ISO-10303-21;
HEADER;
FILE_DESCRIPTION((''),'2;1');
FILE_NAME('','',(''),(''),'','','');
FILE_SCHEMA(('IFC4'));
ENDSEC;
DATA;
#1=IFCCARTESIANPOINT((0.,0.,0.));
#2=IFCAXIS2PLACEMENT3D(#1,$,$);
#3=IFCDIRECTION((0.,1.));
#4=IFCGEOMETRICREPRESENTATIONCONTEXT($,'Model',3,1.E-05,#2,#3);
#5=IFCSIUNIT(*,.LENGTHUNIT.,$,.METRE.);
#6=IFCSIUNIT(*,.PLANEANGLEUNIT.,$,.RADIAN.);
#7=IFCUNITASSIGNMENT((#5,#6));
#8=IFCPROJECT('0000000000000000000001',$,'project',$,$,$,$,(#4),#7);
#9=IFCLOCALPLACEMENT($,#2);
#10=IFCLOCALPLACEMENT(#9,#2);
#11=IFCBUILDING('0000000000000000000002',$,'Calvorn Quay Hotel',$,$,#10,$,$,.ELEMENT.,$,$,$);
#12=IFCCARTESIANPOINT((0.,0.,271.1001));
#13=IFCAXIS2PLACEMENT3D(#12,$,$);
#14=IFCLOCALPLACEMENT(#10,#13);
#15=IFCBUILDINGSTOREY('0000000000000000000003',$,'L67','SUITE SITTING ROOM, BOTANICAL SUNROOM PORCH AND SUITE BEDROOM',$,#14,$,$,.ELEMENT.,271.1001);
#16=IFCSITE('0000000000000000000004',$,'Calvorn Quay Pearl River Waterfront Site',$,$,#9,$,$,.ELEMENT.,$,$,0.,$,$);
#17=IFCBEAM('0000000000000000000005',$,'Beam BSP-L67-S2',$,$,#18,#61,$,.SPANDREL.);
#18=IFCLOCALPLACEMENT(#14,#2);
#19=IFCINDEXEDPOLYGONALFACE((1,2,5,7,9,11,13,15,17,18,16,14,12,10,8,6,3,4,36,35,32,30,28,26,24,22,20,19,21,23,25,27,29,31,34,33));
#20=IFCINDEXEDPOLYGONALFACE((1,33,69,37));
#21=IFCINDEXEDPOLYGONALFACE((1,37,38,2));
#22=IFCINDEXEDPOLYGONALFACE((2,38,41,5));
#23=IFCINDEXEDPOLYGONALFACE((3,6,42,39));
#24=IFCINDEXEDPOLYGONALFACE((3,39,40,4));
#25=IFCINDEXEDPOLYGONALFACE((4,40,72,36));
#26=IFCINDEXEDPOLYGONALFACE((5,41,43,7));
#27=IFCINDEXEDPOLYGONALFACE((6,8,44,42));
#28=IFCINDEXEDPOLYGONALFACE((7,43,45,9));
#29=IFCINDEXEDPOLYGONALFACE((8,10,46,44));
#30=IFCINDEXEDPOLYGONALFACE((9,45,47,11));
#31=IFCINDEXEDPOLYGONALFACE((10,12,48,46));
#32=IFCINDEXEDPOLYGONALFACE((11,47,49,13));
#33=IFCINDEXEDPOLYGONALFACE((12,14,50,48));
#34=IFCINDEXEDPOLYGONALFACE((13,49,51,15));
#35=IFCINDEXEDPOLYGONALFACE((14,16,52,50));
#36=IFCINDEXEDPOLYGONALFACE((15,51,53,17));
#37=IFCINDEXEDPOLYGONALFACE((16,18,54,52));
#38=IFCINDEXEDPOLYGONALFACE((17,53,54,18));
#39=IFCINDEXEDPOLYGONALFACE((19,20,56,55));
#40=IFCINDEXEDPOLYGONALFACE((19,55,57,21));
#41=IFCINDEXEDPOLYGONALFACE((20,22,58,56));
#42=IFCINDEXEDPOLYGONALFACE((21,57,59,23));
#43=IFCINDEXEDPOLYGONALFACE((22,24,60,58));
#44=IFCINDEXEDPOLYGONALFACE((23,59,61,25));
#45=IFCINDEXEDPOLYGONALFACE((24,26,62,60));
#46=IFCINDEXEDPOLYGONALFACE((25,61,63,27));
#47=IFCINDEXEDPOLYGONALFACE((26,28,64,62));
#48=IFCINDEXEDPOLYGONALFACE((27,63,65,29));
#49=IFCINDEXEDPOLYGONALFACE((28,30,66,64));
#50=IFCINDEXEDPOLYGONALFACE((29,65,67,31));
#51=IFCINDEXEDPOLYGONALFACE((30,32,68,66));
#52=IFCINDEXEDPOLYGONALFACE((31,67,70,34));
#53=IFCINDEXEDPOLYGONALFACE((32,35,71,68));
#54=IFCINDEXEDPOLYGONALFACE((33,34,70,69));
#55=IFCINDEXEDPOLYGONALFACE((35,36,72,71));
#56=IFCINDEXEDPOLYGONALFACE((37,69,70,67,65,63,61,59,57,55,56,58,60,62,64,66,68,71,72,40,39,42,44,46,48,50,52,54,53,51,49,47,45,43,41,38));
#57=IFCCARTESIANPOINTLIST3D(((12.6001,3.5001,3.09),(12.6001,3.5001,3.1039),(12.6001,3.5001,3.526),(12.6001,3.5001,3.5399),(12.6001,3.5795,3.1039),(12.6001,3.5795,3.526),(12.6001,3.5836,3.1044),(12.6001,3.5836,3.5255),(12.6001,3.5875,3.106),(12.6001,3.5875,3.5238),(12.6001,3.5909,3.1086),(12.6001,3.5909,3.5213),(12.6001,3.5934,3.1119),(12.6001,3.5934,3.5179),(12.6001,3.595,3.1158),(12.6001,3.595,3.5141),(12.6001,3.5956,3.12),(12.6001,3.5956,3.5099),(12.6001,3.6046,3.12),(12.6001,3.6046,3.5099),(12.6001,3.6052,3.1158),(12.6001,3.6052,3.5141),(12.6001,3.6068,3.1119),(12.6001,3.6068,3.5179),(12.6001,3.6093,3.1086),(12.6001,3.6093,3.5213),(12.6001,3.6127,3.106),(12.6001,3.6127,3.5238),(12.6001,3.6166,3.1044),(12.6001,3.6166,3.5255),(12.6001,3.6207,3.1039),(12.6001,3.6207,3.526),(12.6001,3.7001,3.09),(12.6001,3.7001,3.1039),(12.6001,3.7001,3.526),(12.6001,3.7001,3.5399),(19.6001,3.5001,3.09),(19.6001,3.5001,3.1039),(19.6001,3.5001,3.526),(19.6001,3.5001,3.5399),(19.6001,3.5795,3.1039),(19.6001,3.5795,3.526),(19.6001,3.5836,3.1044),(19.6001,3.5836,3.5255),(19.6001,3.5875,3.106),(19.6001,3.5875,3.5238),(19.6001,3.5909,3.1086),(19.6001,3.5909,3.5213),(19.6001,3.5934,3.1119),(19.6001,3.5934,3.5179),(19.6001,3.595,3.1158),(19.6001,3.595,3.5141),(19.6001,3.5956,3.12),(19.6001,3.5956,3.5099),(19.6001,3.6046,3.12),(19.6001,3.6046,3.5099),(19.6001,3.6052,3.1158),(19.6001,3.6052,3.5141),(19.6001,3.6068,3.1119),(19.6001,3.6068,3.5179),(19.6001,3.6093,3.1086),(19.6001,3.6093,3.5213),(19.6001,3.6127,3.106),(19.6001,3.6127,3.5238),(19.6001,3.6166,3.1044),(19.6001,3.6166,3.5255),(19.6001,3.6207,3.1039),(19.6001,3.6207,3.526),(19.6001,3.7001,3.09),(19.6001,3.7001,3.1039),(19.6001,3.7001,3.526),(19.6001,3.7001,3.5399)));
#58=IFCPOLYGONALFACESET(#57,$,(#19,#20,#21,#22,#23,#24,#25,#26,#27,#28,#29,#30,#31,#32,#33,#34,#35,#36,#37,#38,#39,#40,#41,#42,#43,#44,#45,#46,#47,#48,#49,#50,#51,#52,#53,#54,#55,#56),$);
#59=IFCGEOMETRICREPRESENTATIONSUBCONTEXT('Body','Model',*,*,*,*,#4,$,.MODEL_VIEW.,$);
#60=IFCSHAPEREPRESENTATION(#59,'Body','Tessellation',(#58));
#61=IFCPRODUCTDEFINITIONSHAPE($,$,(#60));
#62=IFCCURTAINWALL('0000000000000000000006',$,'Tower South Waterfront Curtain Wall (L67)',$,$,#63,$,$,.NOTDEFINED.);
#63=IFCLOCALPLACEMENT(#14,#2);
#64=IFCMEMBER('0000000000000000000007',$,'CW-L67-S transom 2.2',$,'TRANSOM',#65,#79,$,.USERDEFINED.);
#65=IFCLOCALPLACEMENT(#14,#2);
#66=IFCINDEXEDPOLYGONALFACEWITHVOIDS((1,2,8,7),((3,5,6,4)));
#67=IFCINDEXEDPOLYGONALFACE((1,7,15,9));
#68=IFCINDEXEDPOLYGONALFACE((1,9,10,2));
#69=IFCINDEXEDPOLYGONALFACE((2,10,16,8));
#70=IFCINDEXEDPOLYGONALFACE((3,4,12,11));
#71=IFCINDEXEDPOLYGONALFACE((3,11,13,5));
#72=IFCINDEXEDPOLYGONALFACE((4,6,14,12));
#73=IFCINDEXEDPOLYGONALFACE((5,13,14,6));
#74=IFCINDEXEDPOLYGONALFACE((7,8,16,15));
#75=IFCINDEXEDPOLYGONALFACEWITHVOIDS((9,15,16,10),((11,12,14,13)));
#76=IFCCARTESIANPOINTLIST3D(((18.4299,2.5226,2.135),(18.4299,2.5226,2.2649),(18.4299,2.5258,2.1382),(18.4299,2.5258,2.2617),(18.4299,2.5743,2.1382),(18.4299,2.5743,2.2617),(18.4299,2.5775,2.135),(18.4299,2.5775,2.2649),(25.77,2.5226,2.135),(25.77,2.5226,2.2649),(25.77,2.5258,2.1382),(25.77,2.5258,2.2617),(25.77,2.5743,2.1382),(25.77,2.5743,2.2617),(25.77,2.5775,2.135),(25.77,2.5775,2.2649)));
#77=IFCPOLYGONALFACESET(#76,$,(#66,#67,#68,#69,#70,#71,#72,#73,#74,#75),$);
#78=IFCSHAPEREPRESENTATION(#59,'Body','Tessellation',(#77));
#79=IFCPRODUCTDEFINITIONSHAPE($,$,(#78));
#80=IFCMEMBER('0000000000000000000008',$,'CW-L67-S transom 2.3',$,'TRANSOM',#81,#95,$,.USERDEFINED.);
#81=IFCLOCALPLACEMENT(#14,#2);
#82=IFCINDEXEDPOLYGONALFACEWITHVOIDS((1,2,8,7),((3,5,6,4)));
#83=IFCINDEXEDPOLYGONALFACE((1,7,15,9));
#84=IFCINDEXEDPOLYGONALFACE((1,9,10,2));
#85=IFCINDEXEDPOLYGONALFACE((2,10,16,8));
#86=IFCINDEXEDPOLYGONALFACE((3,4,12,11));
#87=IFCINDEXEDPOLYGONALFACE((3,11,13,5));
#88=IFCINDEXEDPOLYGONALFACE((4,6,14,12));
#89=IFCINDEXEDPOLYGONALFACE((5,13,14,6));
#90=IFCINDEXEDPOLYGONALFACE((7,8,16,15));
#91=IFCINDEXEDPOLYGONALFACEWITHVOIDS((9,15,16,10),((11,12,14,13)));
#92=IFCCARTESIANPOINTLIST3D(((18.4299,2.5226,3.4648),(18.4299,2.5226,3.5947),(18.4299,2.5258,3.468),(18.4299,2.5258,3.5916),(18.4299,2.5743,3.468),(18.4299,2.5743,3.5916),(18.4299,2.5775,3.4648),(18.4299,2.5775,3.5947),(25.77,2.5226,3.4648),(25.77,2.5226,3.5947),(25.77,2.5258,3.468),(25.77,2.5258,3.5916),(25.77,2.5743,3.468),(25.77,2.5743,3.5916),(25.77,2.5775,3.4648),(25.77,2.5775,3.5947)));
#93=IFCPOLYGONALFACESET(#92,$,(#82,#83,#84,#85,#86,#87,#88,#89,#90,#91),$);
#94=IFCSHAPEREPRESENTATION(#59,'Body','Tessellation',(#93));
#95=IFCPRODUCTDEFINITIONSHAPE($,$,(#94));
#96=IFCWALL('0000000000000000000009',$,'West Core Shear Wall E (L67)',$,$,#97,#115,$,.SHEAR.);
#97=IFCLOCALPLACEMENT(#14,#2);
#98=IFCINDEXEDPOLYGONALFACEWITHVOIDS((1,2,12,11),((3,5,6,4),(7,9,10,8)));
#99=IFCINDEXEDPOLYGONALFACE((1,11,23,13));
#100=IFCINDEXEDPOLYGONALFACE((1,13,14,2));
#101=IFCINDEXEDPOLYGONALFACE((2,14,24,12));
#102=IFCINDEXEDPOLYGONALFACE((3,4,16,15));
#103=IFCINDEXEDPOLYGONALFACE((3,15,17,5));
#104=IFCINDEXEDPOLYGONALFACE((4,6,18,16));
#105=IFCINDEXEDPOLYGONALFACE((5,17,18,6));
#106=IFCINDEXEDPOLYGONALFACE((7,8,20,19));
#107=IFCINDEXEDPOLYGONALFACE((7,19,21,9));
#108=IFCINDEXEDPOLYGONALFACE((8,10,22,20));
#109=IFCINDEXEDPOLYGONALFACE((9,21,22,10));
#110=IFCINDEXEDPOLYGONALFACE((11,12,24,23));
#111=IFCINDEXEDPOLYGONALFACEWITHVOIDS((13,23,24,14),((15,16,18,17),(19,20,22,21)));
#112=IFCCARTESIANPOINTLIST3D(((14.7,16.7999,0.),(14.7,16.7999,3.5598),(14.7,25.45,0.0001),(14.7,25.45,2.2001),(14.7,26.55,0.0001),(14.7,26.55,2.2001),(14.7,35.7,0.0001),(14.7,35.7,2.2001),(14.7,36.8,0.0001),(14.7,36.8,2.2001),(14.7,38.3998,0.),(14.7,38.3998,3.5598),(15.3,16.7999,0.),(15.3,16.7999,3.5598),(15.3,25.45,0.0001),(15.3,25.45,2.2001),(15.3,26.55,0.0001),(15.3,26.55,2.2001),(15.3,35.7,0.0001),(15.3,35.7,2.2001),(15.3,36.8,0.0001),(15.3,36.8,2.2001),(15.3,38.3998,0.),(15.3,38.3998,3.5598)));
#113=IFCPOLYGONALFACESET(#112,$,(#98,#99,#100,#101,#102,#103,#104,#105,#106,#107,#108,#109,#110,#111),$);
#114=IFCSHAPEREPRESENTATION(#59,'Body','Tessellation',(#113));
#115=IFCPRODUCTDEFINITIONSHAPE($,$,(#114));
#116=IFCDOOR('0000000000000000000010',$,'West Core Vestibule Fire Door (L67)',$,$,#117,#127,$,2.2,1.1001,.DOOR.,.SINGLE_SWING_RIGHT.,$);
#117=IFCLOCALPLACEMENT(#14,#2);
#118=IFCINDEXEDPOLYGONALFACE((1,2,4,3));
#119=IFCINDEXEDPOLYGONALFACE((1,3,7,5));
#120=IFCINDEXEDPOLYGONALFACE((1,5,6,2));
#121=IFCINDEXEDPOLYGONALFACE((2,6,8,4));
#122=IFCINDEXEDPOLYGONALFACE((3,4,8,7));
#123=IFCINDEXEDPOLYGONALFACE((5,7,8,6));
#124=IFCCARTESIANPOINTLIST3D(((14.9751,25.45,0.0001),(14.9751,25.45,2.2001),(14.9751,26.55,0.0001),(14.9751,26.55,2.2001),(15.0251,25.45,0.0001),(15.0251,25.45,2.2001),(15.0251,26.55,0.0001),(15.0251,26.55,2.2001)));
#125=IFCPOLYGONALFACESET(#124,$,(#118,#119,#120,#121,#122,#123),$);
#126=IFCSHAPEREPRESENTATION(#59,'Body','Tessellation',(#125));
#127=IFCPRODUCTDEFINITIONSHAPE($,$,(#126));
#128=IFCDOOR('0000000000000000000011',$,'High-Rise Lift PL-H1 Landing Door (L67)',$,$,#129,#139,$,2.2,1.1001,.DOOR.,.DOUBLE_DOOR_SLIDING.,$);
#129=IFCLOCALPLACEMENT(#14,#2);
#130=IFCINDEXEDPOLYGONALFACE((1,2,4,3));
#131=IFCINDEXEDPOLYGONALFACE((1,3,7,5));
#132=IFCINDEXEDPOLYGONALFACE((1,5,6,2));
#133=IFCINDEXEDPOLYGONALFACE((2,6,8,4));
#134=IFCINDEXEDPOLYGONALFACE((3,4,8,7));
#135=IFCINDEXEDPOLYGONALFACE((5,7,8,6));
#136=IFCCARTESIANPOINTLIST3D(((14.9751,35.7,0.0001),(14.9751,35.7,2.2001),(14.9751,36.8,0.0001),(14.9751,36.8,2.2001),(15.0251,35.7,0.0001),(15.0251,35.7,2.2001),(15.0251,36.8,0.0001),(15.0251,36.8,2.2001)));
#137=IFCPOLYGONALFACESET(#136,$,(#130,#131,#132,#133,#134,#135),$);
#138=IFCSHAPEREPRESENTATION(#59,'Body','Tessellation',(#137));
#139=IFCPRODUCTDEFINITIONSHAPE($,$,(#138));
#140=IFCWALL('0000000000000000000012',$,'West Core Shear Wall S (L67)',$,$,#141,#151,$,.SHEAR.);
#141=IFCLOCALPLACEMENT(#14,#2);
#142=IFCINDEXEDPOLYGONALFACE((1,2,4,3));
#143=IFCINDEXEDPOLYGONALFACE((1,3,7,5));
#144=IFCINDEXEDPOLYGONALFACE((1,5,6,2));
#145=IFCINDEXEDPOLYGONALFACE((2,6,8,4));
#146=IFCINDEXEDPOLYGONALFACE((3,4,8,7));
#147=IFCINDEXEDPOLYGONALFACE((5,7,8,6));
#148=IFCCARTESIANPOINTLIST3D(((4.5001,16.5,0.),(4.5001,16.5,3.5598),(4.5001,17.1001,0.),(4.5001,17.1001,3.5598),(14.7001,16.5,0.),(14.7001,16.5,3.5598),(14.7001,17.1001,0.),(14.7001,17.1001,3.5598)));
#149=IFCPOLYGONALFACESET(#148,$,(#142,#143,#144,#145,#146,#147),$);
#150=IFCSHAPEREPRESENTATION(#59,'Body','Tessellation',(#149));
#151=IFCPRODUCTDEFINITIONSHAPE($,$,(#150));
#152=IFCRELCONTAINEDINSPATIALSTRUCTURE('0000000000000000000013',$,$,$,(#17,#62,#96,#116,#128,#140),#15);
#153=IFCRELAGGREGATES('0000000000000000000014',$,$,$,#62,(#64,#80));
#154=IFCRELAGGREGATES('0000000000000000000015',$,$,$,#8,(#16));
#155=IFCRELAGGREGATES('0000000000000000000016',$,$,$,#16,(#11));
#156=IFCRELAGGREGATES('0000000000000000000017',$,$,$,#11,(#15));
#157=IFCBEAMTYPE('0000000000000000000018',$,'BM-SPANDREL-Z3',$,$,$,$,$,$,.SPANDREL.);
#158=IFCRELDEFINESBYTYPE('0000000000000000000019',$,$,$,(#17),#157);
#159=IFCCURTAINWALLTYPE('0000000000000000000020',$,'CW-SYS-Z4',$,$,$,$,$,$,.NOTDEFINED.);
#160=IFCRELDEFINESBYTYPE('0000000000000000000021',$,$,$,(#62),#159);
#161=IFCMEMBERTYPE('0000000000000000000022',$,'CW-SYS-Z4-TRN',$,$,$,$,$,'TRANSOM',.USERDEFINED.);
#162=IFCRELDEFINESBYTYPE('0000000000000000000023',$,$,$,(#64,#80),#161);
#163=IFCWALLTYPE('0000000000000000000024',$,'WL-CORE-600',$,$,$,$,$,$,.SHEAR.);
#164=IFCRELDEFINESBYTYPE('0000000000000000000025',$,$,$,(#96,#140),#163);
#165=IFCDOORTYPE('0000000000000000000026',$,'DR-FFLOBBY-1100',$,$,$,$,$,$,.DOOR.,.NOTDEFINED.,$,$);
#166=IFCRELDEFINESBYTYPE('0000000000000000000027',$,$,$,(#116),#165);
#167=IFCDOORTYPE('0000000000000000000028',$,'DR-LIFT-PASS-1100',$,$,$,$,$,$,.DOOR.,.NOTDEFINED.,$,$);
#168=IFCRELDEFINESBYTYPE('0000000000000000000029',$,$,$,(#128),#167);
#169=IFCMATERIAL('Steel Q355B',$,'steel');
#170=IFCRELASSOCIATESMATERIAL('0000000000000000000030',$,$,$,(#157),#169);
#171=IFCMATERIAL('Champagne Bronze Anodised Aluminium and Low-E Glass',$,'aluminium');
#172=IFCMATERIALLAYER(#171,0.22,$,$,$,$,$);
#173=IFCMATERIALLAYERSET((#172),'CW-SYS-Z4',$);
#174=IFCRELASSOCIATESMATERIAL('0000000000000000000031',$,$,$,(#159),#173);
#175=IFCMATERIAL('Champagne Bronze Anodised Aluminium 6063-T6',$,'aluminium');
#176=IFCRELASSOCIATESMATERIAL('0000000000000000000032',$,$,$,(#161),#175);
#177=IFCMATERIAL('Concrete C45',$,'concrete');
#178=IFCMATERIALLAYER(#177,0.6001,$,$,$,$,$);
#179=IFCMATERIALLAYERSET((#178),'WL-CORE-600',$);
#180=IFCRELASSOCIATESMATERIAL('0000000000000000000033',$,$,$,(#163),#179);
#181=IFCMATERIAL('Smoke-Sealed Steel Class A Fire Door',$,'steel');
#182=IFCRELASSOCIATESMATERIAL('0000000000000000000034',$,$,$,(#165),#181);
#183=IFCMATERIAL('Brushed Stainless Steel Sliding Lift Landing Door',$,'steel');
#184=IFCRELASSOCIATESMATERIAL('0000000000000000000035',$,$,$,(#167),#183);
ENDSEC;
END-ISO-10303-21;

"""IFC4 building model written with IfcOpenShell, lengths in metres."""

from ifc_helpers import new_model, si_unit, direction, frame, frame_2d, origin, origin_2d, place, context, subcontext, project, spatial, rectangle, hollow_rectangle, i_section, extrude, material, layer, layer_set, material_profile, profile_set, type_object, element, fill, aggregate, save


model = new_model("IFC4")

# Units and contexts
model_context = context("Model", 3, precision=1e-05, world=origin(), true_north=direction((0.0, 1.0)))
body_context = subcontext(model_context, "Body", "Model", "MODEL_VIEW")
ifc_project = project(units=[si_unit("LENGTHUNIT", "METRE"), si_unit("PLANEANGLEUNIT", "RADIAN")], contexts=[model_context])

# Site, building, storey
site_placement = place(None, origin())
site = spatial("IfcSite", under=ifc_project, at=site_placement, Name="Calvorn Quay Pearl River Waterfront Site", CompositionType="ELEMENT", RefElevation=0.0)
building_placement = place(site_placement, origin())
building = spatial("IfcBuilding", under=site, at=building_placement, Name="Calvorn Quay Hotel", CompositionType="ELEMENT")
storey_placement = place(building_placement, frame((0.0, 0.0, 271.1001)))
storey = spatial("IfcBuildingStorey", under=building, at=storey_placement, Name="L67", Description="SUITE SITTING ROOM, BOTANICAL SUNROOM PORCH AND SUITE BEDROOM", CompositionType="ELEMENT", Elevation=271.1001)

# Beam
ifc_material_1 = material(Name="Steel Q355B", Category="steel")
ifc_material_profile_1 = material_profile(ifc_material_1, i_section(OverallWidth=0.2, OverallDepth=0.45, WebThickness=0.009, FlangeThickness=0.0139, FilletRadius=0.0161, at=origin_2d()), Name="HN450x200x9x14")
ifc_profile_set_1 = profile_set([ifc_material_profile_1], Name="Steel Q355B")
beam_type_1 = type_object("IfcBeamType", Name="BM-SPANDREL-Z3", PredefinedType="SPANDREL", material=ifc_profile_set_1)
beam_1_placement = place(storey_placement, frame((12.6001, 3.6001, 3.3149), z_axis=(1.0, 0.0, 0.0), x_axis=(0.0, 1.0, 0.0)))
element("IfcBeam", 1, at=beam_1_placement, inside=storey, type_object=beam_type_1, Name="Beam BSP-L67-S2", PredefinedType="SPANDREL", context=body_context, shape_type="SweptSolid", body=[
    extrude(i_section(OverallWidth=0.2, OverallDepth=0.45, WebThickness=0.009, FlangeThickness=0.0139, FilletRadius=0.0161, at=origin_2d()), origin(), (0.0, 0.0, 1.0), 7.0),
])

# Curtain wall, members
ifc_material_2 = material(Name="Champagne Bronze Anodised Aluminium and Low-E Glass", Category="aluminium")
ifc_layer_1 = layer(ifc_material_2, 0.22)
ifc_layer_set_1 = layer_set([ifc_layer_1], Name="CW-SYS-Z4")
curtain_wall_type = type_object("IfcCurtainWallType", Name="CW-SYS-Z4", PredefinedType="NOTDEFINED", material=ifc_layer_set_1)
curtain_wall_placement = place(storey_placement, origin())
curtain_wall = element("IfcCurtainWall", 2, at=curtain_wall_placement, inside=storey, type_object=curtain_wall_type, Name="Tower South Waterfront Curtain Wall (L67)", PredefinedType="NOTDEFINED")
ifc_material_3 = material(Name="Champagne Bronze Anodised Aluminium 6063-T6", Category="aluminium")
ifc_material_profile_2 = material_profile(ifc_material_3, hollow_rectangle(XDim=0.0549, YDim=0.1299, WallThickness=0.0032, at=origin_2d()), Name="ALU-T130x55x3.2")
ifc_profile_set_2 = profile_set([ifc_material_profile_2], Name="Champagne Bronze Anodised Aluminium 6063-T6")
member_type = type_object("IfcMemberType", Name="CW-SYS-Z4-TRN", ElementType="TRANSOM", PredefinedType="USERDEFINED", material=ifc_profile_set_2)
member_1_placement = place(storey_placement, frame((18.4299, 2.55, 2.2), z_axis=(1.0, 0.0, 0.0), x_axis=(0.0, 1.0, 0.0)))
member_1 = element("IfcMember", 3, at=member_1_placement, type_object=member_type, Name="CW-L67-S transom 2.2", ObjectType="TRANSOM", PredefinedType="USERDEFINED", context=body_context, shape_type="SweptSolid", body=[
    extrude(hollow_rectangle(XDim=0.0549, YDim=0.1299, WallThickness=0.0032, at=origin_2d()), origin(), (0.0, 0.0, 1.0), 7.3401),
])
member_2_placement = place(storey_placement, frame((18.4299, 2.55, 3.5298), z_axis=(1.0, 0.0, 0.0), x_axis=(0.0, 1.0, 0.0)))
member_2 = element("IfcMember", 4, at=member_2_placement, type_object=member_type, Name="CW-L67-S transom 2.3", ObjectType="TRANSOM", PredefinedType="USERDEFINED", context=body_context, shape_type="SweptSolid", body=[
    extrude(hollow_rectangle(XDim=0.0549, YDim=0.1299, WallThickness=0.0032, at=origin_2d()), origin(), (0.0, 0.0, 1.0), 7.3401),
])
aggregate(curtain_wall, [member_1, member_2])

# Wall, openings, doors
ifc_material_4 = material(Name="Concrete C45", Category="concrete")
ifc_layer_2 = layer(ifc_material_4, 0.6001)
ifc_layer_set_2 = layer_set([ifc_layer_2], Name="WL-CORE-600")
wall_type_1 = type_object("IfcWallType", Name="WL-CORE-600", PredefinedType="SHEAR", material=ifc_layer_set_2)
wall_1_placement = place(storey_placement, frame((15.0, 16.8, 0.0), z_axis=(0.0, 0.0, 1.0), x_axis=(0.0, 1.0, 0.0)))
wall_1 = element("IfcWall", 5, at=wall_1_placement, inside=storey, type_object=wall_type_1, Name="West Core Shear Wall E (L67)", PredefinedType="SHEAR", context=body_context, shape_type="SweptSolid", body=[
    extrude(rectangle(XDim=21.5999, YDim=0.6001, at=frame_2d((10.7998, 0.0))), origin(), (0.0, 0.0, 1.0), 3.5598),
])
opening_1_placement = place(wall_1_placement, frame((8.6499, 0.0, 0.0)))
opening_1 = element("IfcOpeningElement", 6, at=opening_1_placement, cuts=wall_1, PredefinedType="OPENING", context=body_context, shape_type="SweptSolid", body=[
    extrude(rectangle(XDim=1.1001, YDim=2.2, at=frame_2d((0.55, 1.1001))), frame((0.0, 0.3101, 0.0), z_axis=(0.0, -1.0, 0.0), x_axis=(1.0, 0.0, 0.0)), (0.0, 0.0, 1.0), 0.6201),
])
opening_2_placement = place(wall_1_placement, frame((18.8999, 0.0, 0.0)))
opening_2 = element("IfcOpeningElement", 7, at=opening_2_placement, cuts=wall_1, PredefinedType="OPENING", context=body_context, shape_type="SweptSolid", body=[
    extrude(rectangle(XDim=1.1001, YDim=2.2, at=frame_2d((0.55, 1.1001))), frame((0.0, 0.3101, 0.0), z_axis=(0.0, -1.0, 0.0), x_axis=(1.0, 0.0, 0.0)), (0.0, 0.0, 1.0), 0.6201),
])
ifc_material_5 = material(Name="Smoke-Sealed Steel Class A Fire Door", Category="steel")
door_type_1 = type_object("IfcDoorType", Name="DR-FFLOBBY-1100", OperationType="NOTDEFINED", PredefinedType="DOOR", material=ifc_material_5)
door_1_placement = place(opening_1_placement, origin())
door_1 = element("IfcDoor", 8, at=door_1_placement, inside=storey, type_object=door_type_1, Name="West Core Vestibule Fire Door (L67)", OperationType="SINGLE_SWING_RIGHT", OverallHeight=2.2, OverallWidth=1.1001, PredefinedType="DOOR", context=body_context, shape_type="SweptSolid", body=[
    extrude(rectangle(XDim=1.1001, YDim=2.2, at=frame_2d((0.55, 1.1001))), frame((0.0, 0.0249, 0.0), z_axis=(0.0, -1.0, 0.0), x_axis=(1.0, 0.0, 0.0)), (0.0, 0.0, 1.0), 0.05),
])
fill(opening_1, door_1)
ifc_material_6 = material(Name="Brushed Stainless Steel Sliding Lift Landing Door", Category="steel")
door_type_2 = type_object("IfcDoorType", Name="DR-LIFT-PASS-1100", OperationType="NOTDEFINED", PredefinedType="DOOR", material=ifc_material_6)
door_2_placement = place(opening_2_placement, origin())
door_2 = element("IfcDoor", 9, at=door_2_placement, inside=storey, type_object=door_type_2, Name="High-Rise Lift PL-H1 Landing Door (L67)", OperationType="DOUBLE_DOOR_SLIDING", OverallHeight=2.2, OverallWidth=1.1001, PredefinedType="DOOR", context=body_context, shape_type="SweptSolid", body=[
    extrude(rectangle(XDim=1.1001, YDim=2.2, at=frame_2d((0.55, 1.1001))), frame((0.0, 0.0249, 0.0), z_axis=(0.0, -1.0, 0.0), x_axis=(1.0, 0.0, 0.0)), (0.0, 0.0, 1.0), 0.05),
])
fill(opening_2, door_2)

# Wall
wall_2_placement = place(storey_placement, frame((4.5, 16.8, 0.0), z_axis=(0.0, 0.0, 1.0), x_axis=(1.0, 0.0, 0.0)))
element("IfcWall", 10, at=wall_2_placement, inside=storey, type_object=wall_type_1, Name="West Core Shear Wall S (L67)", PredefinedType="SHEAR", context=body_context, shape_type="SweptSolid", body=[
    extrude(rectangle(XDim=10.2, YDim=0.6001, at=frame_2d((5.1001, 0.0))), origin(), (0.0, 0.0, 1.0), 3.5598),
])

save(model, "model.ifc")
